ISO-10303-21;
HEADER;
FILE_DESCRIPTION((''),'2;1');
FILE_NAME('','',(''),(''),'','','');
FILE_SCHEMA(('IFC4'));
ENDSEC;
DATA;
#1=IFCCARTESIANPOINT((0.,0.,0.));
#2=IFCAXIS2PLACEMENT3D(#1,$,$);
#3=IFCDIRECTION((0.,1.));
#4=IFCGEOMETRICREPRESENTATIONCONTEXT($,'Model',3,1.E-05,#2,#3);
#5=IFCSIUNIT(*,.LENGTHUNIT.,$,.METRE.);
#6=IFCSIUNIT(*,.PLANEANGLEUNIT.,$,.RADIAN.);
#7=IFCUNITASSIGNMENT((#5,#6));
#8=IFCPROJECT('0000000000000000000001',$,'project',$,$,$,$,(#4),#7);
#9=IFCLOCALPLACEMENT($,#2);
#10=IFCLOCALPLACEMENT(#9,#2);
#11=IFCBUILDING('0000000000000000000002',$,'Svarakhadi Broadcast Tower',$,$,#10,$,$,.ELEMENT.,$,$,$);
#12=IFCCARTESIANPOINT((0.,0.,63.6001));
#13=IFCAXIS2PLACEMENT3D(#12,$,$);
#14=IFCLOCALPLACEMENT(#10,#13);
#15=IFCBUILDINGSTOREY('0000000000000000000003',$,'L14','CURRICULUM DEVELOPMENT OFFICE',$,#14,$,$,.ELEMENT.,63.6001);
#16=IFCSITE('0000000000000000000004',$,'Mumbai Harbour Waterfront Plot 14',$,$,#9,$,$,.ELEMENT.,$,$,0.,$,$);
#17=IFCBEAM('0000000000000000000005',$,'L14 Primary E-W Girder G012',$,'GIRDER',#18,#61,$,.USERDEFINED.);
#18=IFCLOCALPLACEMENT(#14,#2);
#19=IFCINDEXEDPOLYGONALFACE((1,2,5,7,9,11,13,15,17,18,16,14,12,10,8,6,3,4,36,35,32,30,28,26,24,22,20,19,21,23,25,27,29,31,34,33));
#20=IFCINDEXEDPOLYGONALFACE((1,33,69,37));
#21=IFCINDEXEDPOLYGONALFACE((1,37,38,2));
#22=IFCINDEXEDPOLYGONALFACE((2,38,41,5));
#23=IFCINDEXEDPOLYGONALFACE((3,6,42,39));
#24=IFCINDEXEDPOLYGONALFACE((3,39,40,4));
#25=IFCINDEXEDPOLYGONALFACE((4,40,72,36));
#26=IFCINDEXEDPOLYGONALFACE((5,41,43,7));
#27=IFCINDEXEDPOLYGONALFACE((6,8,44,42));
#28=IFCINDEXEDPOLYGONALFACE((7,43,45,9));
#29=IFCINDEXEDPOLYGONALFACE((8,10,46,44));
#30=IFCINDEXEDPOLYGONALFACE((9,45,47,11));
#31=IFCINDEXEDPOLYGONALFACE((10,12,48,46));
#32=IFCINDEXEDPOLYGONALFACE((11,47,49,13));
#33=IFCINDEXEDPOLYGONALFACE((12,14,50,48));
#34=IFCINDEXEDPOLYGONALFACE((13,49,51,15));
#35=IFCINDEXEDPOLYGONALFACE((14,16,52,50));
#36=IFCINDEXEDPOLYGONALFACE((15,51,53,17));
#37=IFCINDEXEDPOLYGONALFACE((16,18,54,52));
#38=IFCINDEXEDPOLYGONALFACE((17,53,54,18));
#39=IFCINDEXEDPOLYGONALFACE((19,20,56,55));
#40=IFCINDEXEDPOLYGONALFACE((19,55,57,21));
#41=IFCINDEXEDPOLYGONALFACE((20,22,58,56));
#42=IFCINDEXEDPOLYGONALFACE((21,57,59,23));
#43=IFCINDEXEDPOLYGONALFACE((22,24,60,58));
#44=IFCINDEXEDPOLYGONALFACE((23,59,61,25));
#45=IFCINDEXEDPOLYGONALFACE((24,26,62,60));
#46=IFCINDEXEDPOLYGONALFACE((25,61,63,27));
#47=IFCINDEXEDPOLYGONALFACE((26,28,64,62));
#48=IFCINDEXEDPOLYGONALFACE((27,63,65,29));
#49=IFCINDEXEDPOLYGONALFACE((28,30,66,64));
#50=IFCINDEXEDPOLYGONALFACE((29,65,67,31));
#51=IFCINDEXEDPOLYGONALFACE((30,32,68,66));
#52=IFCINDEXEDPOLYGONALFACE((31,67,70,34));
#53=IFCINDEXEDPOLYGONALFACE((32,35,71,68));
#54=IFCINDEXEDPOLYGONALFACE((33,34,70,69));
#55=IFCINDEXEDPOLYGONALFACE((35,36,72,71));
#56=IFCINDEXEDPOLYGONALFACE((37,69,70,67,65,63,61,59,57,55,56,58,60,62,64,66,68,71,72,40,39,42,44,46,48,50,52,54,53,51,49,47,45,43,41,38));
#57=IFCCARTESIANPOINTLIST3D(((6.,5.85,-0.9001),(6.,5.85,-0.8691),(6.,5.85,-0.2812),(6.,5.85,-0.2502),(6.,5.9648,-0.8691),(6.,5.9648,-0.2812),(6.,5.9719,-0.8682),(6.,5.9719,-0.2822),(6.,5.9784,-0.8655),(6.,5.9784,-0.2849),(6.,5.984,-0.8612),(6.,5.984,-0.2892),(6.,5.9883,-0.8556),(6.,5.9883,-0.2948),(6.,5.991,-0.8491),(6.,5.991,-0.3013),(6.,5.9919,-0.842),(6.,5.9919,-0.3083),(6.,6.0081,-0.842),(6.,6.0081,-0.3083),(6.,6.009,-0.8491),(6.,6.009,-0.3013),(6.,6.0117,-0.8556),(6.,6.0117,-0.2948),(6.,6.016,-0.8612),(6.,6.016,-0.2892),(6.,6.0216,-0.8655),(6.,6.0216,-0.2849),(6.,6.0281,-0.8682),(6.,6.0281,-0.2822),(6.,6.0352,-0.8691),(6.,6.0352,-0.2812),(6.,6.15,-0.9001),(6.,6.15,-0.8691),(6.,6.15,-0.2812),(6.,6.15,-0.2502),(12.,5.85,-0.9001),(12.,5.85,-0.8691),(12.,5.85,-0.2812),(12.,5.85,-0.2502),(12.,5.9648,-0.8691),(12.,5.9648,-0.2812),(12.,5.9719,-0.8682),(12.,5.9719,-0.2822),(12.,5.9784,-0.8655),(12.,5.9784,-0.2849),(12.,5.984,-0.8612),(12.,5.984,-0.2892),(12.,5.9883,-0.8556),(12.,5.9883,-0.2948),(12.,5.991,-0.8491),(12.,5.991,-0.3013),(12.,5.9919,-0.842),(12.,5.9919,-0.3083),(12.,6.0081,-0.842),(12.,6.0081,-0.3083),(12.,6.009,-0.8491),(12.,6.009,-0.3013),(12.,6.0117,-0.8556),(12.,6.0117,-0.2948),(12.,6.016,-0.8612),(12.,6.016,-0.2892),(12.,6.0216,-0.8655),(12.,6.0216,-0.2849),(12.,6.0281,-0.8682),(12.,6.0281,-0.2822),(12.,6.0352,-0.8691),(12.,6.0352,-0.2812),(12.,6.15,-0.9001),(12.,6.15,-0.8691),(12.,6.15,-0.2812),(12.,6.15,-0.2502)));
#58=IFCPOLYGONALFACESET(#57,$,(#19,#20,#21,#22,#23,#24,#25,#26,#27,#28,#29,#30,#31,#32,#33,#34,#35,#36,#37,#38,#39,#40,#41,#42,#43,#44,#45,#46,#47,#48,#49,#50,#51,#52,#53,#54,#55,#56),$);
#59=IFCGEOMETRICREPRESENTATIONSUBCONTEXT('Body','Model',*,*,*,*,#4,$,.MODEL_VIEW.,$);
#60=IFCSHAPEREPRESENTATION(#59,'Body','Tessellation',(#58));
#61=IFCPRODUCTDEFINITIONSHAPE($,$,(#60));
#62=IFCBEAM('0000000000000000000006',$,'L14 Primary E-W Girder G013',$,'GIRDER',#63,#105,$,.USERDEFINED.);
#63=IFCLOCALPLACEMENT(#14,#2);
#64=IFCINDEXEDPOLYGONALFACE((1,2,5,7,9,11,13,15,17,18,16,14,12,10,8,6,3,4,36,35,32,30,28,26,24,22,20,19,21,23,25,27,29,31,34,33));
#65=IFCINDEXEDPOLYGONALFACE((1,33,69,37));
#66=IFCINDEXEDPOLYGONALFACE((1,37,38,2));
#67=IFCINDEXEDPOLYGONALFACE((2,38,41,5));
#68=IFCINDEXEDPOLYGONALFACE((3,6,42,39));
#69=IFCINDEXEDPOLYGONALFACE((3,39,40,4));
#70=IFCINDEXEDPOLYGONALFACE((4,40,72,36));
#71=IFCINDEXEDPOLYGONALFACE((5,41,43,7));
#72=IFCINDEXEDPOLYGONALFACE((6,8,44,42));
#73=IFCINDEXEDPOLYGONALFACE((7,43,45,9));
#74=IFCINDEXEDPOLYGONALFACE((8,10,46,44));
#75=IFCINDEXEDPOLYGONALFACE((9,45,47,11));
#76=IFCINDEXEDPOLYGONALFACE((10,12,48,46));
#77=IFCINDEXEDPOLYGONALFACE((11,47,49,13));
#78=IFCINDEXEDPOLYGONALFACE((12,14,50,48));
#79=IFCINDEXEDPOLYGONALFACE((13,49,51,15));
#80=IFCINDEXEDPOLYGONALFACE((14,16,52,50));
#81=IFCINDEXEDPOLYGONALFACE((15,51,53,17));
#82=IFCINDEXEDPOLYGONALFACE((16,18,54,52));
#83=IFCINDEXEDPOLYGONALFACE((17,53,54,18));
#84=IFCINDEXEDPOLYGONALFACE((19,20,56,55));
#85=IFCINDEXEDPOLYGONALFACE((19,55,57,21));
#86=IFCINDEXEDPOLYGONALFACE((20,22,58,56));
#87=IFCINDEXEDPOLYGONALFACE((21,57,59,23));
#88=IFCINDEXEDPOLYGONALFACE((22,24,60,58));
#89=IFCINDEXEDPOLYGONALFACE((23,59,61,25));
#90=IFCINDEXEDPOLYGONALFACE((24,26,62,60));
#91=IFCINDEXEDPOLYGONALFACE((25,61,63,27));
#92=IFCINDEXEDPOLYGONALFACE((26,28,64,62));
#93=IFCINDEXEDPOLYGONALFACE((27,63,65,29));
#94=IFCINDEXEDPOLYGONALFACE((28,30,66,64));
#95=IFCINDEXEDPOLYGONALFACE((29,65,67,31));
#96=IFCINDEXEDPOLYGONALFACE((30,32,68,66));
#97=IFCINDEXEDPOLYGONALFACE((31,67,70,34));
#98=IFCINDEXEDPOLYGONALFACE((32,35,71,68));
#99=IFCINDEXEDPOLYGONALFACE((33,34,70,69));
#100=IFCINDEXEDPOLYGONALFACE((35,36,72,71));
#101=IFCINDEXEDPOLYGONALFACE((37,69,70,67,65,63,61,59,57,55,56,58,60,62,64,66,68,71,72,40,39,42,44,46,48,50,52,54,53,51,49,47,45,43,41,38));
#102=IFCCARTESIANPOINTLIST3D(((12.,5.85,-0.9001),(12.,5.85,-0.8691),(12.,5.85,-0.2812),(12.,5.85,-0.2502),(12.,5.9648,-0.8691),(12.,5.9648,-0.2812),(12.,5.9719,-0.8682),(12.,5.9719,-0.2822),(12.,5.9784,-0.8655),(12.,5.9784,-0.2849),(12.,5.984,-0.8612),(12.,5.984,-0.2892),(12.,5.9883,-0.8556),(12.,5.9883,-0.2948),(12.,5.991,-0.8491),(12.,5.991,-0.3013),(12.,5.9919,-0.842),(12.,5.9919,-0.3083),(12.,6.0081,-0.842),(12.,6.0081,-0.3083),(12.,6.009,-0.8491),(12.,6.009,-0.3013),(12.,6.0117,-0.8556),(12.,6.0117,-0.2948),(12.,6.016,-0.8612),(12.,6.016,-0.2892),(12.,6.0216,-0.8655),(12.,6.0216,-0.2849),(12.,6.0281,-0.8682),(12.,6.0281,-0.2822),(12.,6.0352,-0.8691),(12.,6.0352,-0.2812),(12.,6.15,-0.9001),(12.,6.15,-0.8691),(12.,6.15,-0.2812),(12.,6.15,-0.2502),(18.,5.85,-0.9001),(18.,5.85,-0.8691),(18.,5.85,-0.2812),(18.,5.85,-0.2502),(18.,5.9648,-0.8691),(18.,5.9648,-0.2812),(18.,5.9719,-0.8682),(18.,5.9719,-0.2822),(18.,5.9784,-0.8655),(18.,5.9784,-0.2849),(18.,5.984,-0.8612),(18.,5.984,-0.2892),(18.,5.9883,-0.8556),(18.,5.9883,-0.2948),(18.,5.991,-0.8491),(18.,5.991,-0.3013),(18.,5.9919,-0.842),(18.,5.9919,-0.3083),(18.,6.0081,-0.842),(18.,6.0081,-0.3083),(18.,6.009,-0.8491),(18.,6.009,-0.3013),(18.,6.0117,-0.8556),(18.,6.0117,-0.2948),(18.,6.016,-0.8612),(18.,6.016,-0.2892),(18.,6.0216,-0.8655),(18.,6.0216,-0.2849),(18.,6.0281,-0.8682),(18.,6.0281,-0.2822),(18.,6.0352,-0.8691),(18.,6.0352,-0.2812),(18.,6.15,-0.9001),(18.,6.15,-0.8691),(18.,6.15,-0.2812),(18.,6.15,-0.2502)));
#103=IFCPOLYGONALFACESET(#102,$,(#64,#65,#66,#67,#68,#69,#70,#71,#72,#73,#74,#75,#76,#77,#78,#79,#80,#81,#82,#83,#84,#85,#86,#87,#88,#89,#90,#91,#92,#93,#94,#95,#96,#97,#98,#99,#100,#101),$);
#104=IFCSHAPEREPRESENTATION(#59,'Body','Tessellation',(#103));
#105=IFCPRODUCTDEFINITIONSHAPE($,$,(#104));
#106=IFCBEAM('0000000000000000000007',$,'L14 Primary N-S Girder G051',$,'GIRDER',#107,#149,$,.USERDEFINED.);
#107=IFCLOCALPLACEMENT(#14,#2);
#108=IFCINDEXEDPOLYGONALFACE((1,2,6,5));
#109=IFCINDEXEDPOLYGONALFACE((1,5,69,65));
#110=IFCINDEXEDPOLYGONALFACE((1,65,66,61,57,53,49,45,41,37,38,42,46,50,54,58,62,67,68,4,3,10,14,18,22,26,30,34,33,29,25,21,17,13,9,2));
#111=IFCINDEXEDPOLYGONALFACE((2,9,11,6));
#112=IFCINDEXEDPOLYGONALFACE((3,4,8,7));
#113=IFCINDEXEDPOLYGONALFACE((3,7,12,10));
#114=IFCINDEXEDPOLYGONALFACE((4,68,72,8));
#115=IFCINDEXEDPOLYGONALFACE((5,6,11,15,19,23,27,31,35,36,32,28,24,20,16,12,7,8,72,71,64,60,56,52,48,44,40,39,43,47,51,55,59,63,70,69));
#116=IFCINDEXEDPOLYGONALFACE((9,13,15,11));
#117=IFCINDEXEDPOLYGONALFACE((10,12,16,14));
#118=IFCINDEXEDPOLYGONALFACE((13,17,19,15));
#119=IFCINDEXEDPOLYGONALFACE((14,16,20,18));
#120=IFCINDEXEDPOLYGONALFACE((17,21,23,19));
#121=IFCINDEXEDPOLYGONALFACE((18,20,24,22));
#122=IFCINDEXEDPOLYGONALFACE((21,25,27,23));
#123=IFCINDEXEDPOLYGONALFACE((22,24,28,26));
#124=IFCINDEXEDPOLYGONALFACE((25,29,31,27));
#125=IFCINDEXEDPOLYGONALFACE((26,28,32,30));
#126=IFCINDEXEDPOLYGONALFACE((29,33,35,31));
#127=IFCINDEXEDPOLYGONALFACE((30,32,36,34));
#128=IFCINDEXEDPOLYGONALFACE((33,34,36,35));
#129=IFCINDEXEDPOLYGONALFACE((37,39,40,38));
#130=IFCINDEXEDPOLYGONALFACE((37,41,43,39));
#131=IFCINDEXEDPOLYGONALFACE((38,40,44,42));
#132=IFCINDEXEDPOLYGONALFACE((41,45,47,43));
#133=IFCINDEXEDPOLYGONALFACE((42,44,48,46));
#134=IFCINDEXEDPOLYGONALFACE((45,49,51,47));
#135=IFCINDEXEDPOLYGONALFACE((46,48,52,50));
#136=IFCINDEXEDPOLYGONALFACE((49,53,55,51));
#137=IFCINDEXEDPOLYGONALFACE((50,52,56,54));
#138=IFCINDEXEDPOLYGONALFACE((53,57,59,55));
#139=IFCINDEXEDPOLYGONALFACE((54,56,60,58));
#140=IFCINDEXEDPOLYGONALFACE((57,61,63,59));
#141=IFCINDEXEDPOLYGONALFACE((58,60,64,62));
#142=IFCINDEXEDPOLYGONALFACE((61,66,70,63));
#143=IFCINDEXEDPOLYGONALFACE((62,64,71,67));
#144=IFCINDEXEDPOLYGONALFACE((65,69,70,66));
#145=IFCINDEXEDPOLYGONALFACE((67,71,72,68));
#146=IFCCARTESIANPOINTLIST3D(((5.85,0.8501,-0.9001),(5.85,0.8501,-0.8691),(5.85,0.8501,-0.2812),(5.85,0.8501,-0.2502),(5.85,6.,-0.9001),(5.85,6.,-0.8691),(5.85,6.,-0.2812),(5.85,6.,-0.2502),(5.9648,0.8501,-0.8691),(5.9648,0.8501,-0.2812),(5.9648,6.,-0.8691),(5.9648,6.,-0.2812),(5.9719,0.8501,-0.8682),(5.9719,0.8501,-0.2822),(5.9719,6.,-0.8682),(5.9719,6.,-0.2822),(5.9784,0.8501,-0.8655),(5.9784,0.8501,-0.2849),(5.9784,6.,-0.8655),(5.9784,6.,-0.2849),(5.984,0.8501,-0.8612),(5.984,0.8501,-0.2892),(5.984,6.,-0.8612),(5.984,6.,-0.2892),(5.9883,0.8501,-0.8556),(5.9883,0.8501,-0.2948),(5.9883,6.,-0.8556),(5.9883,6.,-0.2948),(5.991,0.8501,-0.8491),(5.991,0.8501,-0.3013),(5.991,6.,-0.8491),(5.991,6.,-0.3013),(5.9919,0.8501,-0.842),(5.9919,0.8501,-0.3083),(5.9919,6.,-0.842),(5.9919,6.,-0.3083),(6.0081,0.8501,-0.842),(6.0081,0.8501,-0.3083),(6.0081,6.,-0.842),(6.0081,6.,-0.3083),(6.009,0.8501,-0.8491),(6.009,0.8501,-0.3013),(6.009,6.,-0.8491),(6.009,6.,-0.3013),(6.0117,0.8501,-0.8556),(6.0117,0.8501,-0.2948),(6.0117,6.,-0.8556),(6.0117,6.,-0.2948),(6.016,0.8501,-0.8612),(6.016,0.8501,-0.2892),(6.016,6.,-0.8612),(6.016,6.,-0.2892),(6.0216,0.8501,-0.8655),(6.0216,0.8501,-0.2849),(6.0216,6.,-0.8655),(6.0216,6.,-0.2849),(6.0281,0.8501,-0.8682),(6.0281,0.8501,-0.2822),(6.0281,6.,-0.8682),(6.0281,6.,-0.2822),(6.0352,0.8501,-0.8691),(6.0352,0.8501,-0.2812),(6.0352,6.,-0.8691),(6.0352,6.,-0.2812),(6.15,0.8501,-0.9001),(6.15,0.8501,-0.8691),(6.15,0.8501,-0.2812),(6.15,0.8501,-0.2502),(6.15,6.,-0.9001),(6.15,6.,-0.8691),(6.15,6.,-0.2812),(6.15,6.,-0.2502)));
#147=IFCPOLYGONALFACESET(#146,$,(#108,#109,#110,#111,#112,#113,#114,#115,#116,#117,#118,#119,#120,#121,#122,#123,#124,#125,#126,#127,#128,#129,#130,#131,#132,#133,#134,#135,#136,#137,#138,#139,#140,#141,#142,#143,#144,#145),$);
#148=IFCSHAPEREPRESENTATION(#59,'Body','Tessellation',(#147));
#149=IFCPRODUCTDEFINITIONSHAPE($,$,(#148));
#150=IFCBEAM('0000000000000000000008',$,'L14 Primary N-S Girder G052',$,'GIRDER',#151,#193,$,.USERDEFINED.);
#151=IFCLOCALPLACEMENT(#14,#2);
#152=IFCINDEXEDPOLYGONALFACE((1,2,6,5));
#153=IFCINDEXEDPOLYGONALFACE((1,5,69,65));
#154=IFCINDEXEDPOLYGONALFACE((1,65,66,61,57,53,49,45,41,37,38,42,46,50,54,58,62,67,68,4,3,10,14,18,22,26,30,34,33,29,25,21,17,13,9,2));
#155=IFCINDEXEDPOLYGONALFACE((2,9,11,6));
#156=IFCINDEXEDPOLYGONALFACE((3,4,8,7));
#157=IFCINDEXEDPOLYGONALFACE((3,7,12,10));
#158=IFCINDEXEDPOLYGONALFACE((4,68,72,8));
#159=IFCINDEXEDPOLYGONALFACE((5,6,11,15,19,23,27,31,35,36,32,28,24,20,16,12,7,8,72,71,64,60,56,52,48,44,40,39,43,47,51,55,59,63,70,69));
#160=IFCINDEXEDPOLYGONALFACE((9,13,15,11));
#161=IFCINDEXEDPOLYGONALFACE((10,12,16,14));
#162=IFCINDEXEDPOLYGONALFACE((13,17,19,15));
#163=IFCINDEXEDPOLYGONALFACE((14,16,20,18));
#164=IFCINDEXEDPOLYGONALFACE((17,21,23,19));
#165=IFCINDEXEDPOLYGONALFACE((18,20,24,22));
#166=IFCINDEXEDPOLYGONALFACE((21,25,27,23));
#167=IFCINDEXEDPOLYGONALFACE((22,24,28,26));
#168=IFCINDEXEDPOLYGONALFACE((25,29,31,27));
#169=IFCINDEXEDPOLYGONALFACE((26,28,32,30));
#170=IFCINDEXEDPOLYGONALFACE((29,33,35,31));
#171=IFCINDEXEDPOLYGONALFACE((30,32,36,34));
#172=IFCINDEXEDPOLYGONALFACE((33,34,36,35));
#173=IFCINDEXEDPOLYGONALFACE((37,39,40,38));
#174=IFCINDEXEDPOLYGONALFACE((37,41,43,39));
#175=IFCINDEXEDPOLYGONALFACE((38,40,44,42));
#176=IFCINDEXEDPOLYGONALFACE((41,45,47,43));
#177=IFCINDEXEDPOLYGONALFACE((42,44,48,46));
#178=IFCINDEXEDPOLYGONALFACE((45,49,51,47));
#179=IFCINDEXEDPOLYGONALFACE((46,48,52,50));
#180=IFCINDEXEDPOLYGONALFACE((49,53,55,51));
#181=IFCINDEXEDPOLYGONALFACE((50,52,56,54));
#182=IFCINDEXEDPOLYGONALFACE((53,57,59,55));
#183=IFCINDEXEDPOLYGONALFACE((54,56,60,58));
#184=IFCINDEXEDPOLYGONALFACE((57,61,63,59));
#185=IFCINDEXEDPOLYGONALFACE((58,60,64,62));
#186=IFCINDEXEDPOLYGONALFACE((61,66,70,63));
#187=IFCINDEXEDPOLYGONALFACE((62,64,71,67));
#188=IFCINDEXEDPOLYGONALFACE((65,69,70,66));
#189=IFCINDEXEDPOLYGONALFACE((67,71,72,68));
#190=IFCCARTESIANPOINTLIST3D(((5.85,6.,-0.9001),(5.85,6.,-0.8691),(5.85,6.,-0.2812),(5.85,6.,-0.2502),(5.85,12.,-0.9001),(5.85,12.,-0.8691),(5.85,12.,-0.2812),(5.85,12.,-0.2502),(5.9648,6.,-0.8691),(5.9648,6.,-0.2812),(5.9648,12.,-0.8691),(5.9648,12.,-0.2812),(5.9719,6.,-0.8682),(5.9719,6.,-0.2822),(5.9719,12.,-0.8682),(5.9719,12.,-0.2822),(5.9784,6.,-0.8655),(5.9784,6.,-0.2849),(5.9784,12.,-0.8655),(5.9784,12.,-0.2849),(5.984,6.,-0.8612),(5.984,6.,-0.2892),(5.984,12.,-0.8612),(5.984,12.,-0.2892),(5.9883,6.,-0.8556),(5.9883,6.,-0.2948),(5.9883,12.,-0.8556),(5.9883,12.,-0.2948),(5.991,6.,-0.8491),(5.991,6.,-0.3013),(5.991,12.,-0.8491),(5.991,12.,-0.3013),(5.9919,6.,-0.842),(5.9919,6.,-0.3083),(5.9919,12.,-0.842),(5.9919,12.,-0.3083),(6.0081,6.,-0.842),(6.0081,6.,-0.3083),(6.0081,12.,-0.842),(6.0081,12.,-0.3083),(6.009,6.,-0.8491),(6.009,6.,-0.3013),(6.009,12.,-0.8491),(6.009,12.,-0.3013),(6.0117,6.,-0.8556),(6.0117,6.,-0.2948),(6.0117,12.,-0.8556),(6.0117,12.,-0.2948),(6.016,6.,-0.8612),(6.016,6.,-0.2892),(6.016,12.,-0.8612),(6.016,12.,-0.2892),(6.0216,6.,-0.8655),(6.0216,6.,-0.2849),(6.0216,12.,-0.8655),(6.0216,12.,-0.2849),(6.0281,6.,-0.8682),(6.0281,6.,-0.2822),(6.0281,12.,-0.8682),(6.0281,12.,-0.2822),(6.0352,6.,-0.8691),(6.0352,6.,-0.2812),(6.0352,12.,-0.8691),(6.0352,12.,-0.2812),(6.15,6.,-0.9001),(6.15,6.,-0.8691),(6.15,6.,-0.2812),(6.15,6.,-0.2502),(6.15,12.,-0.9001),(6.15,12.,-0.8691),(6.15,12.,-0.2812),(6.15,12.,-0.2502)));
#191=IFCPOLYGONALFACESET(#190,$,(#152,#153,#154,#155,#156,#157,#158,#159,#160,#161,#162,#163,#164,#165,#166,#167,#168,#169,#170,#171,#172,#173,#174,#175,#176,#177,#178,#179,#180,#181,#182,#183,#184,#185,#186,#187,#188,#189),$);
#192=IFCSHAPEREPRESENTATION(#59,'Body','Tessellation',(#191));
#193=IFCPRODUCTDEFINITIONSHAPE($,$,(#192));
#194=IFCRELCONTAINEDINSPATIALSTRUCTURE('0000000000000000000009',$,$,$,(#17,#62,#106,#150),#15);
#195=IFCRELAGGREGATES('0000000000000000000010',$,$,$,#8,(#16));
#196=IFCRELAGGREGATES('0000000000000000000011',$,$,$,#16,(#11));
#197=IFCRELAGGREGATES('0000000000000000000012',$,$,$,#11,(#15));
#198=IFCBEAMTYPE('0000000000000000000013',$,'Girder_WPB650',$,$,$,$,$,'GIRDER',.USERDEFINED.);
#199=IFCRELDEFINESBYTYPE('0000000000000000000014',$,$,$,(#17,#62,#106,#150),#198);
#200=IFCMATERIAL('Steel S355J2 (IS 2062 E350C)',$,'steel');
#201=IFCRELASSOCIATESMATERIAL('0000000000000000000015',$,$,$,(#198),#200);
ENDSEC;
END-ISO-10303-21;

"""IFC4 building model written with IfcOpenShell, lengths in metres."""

from ifc_helpers import new_model, si_unit, direction, frame, origin, origin_2d, place, context, subcontext, project, spatial, i_section, extrude, material, material_profile, profile_set, type_object, element, save


model = new_model("IFC4")

# Units and contexts
model_context = context("Model", 3, precision=1e-05, world=origin(), true_north=direction((0.0, 1.0)))
body_context = subcontext(model_context, "Body", "Model", "MODEL_VIEW")
ifc_project = project(units=[si_unit("LENGTHUNIT", "METRE"), si_unit("PLANEANGLEUNIT", "RADIAN")], contexts=[model_context])

# Site, building, storey
site_placement = place(None, origin())
site = spatial("IfcSite", under=ifc_project, at=site_placement, Name="Mumbai Harbour Waterfront Plot 14", CompositionType="ELEMENT", RefElevation=0.0)
building_placement = place(site_placement, origin())
building = spatial("IfcBuilding", under=site, at=building_placement, Name="Svarakhadi Broadcast Tower", CompositionType="ELEMENT")
storey_placement = place(building_placement, frame((0.0, 0.0, 63.6001)))
storey = spatial("IfcBuildingStorey", under=building, at=storey_placement, Name="L14", Description="CURRICULUM DEVELOPMENT OFFICE", CompositionType="ELEMENT", Elevation=63.6001)

# Shared definitions
ifc_material_1 = material(Name="Steel S355J2 (IS 2062 E350C)", Category="steel")

# Beams
ifc_material_profile_1 = material_profile(ifc_material_1, i_section(OverallWidth=0.3, OverallDepth=0.6499, WebThickness=0.0161, FlangeThickness=0.031, FilletRadius=0.0271, at=origin_2d()), Name="WPB 650x300x225")
ifc_profile_set_1 = profile_set([ifc_material_profile_1], Name="Steel S355J2 (IS 2062 E350C)")
beam_type_1 = type_object("IfcBeamType", Name="Girder_WPB650", ElementType="GIRDER", PredefinedType="USERDEFINED", material=ifc_profile_set_1)
for number, where, z_axis, x_axis, name in (
    (1, (6.0, 6.0, -0.5752), (1.0, 0.0, 0.0), (0.0, 1.0, 0.0), "L14 Primary E-W Girder G012"),
    (2, (12.0, 6.0, -0.5752), (1.0, 0.0, 0.0), (0.0, 1.0, 0.0), "L14 Primary E-W Girder G013"),
):
    element("IfcBeam", number, at=place(storey_placement, frame(where, z_axis=z_axis, x_axis=x_axis)), inside=storey, type_object=beam_type_1, Name=name, ObjectType="GIRDER", PredefinedType="USERDEFINED", context=body_context, shape_type="SweptSolid", body=[
        extrude(i_section(OverallWidth=0.3, OverallDepth=0.6499, WebThickness=0.0161, FlangeThickness=0.031, FilletRadius=0.0271, at=origin_2d()), origin(), (0.0, 0.0, 1.0), 6.0),
    ])
beam_1_placement = place(storey_placement, frame((6.0, 0.8501, -0.5752), z_axis=(0.0, 1.0, 0.0), x_axis=(-1.0, 0.0, 0.0)))
element("IfcBeam", 3, at=beam_1_placement, inside=storey, type_object=beam_type_1, Name="L14 Primary N-S Girder G051", ObjectType="GIRDER", PredefinedType="USERDEFINED", context=body_context, shape_type="SweptSolid", body=[
    extrude(i_section(OverallWidth=0.3, OverallDepth=0.6499, WebThickness=0.0161, FlangeThickness=0.031, FilletRadius=0.0271, at=origin_2d()), origin(), (0.0, 0.0, 1.0), 5.1499),
])
beam_2_placement = place(storey_placement, frame((6.0, 6.0, -0.5752), z_axis=(0.0, 1.0, 0.0), x_axis=(-1.0, 0.0, 0.0)))
element("IfcBeam", 4, at=beam_2_placement, inside=storey, type_object=beam_type_1, Name="L14 Primary N-S Girder G052", ObjectType="GIRDER", PredefinedType="USERDEFINED", context=body_context, shape_type="SweptSolid", body=[
    extrude(i_section(OverallWidth=0.3, OverallDepth=0.6499, WebThickness=0.0161, FlangeThickness=0.031, FilletRadius=0.0271, at=origin_2d()), origin(), (0.0, 0.0, 1.0), 6.0),
])

save(model, "model.ifc")
